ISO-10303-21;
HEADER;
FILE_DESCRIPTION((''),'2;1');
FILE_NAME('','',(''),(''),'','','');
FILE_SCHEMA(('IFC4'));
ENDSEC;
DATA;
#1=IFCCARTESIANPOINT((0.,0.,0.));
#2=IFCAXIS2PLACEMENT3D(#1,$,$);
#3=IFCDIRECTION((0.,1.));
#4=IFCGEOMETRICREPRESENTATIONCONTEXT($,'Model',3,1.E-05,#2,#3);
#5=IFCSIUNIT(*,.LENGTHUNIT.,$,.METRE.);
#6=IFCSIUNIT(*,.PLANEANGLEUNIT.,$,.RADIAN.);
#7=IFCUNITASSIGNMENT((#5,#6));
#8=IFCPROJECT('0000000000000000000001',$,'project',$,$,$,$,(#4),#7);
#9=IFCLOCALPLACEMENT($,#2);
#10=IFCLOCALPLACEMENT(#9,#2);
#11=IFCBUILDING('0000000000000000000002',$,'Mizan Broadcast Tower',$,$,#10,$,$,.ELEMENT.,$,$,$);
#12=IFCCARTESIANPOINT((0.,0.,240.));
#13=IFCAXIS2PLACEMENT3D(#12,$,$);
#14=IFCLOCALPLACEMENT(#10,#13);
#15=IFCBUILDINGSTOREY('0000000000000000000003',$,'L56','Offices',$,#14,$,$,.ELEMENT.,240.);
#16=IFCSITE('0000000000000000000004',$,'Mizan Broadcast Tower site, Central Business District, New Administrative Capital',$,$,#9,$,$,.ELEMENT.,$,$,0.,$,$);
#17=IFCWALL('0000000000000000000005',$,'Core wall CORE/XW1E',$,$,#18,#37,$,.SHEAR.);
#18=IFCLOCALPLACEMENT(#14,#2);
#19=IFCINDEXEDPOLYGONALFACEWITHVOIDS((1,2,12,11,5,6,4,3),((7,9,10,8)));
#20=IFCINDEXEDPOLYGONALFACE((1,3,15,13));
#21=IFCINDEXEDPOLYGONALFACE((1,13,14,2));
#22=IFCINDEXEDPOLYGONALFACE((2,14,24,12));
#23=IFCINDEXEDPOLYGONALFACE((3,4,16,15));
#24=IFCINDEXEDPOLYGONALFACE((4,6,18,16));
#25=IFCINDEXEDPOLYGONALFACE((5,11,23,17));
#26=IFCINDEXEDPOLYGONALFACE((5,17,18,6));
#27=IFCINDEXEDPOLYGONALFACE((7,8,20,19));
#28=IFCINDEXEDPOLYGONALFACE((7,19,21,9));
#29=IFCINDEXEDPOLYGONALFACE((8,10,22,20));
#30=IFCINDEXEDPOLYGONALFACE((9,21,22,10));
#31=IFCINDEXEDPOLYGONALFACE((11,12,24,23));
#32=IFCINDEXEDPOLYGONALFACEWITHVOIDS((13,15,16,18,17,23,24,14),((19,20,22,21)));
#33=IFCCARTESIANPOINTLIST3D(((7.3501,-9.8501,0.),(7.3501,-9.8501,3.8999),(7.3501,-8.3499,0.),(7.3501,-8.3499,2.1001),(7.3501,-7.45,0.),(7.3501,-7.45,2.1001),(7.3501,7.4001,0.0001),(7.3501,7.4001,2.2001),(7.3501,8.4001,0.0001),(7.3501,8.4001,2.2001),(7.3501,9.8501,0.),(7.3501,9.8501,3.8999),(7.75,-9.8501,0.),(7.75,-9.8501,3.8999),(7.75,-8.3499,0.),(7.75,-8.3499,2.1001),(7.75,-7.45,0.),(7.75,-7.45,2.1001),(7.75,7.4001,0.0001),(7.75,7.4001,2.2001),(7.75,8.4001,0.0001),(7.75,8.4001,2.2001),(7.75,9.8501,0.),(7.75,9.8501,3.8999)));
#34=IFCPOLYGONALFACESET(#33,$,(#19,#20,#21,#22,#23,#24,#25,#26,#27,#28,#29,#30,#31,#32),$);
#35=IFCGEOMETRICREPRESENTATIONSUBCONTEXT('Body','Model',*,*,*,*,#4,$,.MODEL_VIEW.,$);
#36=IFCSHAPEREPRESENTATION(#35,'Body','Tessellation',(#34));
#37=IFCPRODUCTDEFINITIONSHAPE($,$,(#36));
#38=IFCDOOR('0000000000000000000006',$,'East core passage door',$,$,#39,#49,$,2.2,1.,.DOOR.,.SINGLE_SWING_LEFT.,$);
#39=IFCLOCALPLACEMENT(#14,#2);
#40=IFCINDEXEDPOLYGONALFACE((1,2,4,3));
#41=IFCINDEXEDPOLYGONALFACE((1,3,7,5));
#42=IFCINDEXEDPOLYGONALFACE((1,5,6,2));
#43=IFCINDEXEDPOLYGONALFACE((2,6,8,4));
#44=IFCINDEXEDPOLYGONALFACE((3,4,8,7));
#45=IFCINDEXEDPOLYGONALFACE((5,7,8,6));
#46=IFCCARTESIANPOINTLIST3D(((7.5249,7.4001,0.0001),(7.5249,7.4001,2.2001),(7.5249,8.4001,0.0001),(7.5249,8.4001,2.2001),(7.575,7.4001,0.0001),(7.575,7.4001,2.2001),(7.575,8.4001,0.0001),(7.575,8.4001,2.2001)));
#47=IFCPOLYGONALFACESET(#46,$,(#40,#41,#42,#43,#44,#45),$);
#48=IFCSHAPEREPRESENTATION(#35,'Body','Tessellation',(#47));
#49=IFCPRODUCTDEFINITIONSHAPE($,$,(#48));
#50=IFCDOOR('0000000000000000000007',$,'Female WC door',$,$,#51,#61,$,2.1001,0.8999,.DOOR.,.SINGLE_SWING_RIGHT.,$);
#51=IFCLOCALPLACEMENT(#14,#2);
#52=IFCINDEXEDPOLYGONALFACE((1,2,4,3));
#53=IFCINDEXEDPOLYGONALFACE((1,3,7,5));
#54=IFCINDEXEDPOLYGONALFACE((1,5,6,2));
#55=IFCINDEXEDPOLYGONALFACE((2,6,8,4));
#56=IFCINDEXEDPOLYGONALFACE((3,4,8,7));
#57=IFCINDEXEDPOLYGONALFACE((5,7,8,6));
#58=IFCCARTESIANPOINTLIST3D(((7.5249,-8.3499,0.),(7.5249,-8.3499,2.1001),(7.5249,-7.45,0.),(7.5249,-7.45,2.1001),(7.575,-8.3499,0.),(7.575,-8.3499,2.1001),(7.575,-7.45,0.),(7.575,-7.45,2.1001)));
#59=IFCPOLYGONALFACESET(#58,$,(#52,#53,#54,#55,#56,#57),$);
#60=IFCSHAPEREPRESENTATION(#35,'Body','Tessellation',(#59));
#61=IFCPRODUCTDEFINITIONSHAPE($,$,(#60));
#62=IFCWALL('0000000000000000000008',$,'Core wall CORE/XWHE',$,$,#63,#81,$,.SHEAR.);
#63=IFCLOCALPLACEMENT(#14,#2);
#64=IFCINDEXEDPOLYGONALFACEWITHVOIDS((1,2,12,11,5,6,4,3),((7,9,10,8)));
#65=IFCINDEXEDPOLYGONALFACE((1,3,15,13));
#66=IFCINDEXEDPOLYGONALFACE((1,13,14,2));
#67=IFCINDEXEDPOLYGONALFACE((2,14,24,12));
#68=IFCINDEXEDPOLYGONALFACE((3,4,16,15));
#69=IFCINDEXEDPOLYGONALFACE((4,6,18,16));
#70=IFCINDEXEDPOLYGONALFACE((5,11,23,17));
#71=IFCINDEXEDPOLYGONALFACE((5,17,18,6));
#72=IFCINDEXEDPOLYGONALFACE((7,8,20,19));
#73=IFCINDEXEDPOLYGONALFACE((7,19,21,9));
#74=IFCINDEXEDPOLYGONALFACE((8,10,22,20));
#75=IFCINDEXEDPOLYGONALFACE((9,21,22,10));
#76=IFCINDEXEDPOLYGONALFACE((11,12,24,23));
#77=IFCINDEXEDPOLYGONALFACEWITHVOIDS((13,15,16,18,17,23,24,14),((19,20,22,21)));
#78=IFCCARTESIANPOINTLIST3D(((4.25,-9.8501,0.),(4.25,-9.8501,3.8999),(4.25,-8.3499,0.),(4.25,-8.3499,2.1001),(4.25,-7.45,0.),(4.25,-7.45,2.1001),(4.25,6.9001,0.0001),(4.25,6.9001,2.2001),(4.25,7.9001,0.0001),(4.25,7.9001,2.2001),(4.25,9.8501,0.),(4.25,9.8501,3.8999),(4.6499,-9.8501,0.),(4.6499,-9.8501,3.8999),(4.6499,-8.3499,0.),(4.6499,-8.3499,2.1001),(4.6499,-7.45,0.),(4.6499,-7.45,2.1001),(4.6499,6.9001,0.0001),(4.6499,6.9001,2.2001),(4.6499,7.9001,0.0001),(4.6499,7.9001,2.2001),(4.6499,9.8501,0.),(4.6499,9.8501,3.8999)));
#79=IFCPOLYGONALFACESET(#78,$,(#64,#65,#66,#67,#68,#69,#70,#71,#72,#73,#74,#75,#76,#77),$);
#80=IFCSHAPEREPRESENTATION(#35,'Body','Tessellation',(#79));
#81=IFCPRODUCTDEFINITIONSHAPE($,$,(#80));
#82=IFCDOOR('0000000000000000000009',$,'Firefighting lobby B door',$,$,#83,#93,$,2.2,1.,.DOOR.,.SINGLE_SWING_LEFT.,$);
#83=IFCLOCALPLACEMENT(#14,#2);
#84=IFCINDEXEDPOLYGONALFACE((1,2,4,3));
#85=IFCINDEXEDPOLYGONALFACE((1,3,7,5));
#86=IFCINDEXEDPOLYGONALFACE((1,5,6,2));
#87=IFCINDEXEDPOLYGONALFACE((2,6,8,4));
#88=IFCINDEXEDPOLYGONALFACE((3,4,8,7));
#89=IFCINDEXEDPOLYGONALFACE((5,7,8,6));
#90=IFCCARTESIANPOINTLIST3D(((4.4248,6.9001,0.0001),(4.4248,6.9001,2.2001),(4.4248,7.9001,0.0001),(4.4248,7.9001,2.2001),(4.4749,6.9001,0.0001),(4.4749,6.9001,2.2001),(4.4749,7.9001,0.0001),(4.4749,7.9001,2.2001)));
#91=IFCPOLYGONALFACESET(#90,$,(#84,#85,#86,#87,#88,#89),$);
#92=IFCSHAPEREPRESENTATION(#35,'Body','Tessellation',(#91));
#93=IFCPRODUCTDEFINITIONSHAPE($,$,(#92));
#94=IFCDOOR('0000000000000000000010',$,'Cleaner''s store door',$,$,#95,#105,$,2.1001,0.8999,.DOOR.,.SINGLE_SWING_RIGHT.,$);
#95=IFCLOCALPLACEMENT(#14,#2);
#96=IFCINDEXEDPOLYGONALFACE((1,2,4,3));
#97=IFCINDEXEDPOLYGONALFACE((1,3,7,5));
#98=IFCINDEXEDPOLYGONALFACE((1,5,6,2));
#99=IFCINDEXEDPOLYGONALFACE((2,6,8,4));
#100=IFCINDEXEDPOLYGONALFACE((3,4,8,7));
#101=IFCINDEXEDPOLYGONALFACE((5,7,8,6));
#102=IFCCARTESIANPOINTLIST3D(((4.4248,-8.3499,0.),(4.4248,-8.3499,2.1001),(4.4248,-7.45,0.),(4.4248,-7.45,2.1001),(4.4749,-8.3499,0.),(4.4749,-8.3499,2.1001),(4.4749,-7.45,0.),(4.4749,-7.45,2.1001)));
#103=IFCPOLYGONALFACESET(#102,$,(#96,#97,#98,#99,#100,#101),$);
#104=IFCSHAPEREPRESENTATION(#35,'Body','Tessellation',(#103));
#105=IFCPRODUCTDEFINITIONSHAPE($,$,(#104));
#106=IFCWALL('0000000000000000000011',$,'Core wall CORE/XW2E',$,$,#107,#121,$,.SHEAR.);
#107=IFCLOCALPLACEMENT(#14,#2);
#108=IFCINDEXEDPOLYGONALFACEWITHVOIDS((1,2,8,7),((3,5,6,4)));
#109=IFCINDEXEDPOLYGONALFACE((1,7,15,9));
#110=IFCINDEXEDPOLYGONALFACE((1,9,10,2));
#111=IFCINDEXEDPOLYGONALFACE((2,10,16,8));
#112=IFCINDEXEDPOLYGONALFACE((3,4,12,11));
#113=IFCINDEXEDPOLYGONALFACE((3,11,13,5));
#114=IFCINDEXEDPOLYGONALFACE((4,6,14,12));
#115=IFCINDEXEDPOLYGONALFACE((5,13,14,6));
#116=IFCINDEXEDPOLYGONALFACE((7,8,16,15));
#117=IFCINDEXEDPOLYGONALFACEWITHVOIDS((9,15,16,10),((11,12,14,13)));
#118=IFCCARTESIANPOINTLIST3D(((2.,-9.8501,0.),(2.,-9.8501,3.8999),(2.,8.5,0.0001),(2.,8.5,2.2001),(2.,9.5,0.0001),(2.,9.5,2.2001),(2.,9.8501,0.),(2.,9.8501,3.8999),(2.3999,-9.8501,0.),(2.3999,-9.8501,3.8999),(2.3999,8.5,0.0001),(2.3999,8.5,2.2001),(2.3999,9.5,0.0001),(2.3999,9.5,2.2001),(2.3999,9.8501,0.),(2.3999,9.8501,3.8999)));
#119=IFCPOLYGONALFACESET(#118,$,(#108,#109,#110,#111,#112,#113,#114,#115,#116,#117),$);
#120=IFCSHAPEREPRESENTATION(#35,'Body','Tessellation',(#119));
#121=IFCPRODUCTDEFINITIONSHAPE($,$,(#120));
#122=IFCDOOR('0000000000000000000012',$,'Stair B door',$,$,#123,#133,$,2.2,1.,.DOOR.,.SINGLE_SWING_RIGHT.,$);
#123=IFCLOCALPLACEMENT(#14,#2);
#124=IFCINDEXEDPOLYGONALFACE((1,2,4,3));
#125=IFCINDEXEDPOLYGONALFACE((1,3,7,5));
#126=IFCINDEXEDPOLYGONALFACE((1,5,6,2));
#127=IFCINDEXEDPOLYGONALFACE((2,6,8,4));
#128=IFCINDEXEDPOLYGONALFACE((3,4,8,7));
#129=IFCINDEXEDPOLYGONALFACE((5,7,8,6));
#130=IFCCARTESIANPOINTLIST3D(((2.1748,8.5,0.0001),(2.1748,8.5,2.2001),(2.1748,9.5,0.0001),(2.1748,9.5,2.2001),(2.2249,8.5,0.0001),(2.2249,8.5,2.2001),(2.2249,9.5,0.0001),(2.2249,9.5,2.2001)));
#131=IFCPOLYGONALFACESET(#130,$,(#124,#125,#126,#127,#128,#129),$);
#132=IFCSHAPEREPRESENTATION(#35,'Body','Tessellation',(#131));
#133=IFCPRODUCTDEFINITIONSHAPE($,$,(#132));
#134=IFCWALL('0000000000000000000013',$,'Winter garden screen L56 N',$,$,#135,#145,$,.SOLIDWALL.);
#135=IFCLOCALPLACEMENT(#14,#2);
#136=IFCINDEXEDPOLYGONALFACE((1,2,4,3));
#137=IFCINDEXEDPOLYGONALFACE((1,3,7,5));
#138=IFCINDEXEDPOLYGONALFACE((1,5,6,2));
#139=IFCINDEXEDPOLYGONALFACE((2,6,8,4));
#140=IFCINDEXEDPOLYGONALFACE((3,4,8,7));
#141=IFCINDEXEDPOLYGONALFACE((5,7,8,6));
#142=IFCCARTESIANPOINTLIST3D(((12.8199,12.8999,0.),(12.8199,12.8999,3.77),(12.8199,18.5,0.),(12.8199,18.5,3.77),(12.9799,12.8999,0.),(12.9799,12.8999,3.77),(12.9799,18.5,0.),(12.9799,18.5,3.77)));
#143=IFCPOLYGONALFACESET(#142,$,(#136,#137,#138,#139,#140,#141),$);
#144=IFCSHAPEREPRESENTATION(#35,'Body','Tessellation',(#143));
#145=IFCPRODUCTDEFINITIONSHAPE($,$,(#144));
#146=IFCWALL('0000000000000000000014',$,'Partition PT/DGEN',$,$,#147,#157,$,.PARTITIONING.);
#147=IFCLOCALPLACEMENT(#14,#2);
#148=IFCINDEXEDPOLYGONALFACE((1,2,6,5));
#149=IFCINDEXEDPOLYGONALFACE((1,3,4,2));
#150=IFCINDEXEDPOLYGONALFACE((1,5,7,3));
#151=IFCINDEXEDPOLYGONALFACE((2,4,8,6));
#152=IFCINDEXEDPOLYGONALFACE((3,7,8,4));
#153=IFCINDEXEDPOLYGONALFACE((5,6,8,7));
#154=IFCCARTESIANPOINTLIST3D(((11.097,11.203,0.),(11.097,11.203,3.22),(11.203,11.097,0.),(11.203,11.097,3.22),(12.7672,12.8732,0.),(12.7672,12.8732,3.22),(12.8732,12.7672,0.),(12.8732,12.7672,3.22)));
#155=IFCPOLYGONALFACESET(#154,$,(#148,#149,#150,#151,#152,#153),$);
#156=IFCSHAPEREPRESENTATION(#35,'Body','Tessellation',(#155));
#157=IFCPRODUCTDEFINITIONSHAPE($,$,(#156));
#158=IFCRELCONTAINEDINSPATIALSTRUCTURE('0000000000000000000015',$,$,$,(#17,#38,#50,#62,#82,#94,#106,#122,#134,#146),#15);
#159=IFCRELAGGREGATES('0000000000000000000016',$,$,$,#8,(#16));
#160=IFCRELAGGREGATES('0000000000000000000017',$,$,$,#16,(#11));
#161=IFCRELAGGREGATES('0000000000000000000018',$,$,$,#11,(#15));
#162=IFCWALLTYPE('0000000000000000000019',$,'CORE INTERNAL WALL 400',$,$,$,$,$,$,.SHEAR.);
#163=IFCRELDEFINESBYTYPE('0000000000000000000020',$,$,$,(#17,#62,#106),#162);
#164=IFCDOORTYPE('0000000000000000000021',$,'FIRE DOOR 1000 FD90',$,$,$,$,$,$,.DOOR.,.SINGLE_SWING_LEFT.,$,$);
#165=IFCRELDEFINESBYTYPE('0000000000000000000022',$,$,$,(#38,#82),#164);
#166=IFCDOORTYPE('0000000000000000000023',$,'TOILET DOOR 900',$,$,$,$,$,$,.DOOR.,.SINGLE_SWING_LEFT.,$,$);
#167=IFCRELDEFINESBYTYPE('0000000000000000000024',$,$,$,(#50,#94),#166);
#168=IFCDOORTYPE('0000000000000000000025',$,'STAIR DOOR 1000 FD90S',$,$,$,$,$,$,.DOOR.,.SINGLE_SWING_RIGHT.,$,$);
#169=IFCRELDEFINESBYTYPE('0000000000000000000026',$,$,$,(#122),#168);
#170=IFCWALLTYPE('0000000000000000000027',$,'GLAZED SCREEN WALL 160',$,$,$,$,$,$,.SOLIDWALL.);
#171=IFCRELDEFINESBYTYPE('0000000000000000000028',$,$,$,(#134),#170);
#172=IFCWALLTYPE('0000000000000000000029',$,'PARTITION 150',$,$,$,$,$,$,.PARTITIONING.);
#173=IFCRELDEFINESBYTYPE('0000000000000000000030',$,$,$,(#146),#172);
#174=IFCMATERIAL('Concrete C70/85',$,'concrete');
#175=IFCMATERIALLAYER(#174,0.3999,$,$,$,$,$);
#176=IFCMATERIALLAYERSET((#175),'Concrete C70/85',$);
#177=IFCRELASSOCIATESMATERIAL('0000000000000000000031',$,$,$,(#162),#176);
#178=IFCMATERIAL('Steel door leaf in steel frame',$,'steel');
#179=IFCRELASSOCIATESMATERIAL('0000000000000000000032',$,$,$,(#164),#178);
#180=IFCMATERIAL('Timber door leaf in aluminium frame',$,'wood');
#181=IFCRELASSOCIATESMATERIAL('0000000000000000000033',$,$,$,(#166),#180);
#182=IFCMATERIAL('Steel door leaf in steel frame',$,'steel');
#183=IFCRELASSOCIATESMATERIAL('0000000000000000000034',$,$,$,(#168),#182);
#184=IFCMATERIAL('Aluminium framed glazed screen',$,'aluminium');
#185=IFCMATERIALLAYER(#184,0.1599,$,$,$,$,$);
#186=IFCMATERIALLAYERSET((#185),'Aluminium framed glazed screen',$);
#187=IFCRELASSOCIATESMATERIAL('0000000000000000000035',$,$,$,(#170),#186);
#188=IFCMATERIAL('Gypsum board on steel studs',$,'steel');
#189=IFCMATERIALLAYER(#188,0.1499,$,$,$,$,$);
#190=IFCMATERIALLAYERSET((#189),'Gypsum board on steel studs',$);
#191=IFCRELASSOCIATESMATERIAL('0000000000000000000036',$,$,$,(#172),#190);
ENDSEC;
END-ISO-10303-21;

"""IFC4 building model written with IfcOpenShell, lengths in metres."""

from ifc_helpers import new_model, si_unit, direction, frame, frame_2d, origin, place, context, subcontext, project, spatial, rectangle, extrude, material, layer, layer_set, type_object, element, fill, save


model = new_model("IFC4")

# Units and contexts
model_context = context("Model", 3, precision=1e-05, world=origin(), true_north=direction((0.0, 1.0)))
body_context = subcontext(model_context, "Body", "Model", "MODEL_VIEW")
ifc_project = project(units=[si_unit("LENGTHUNIT", "METRE"), si_unit("PLANEANGLEUNIT", "RADIAN")], contexts=[model_context])

# Site, building, storey
site_placement = place(None, origin())
site = spatial("IfcSite", under=ifc_project, at=site_placement, Name="Mizan Broadcast Tower site, Central Business District, New Administrative Capital", CompositionType="ELEMENT", RefElevation=0.0)
building_placement = place(site_placement, origin())
building = spatial("IfcBuilding", under=site, at=building_placement, Name="Mizan Broadcast Tower", CompositionType="ELEMENT")
storey_placement = place(building_placement, frame((0.0, 0.0, 240.0)))
storey = spatial("IfcBuildingStorey", under=building, at=storey_placement, Name="L56", Description="Offices", CompositionType="ELEMENT", Elevation=240.0)

# Walls, openings, doors
ifc_material_1 = material(Name="Concrete C70/85", Category="concrete")
ifc_layer_1 = layer(ifc_material_1, 0.3999)
ifc_layer_set_1 = layer_set([ifc_layer_1], Name="Concrete C70/85")
wall_type_1 = type_object("IfcWallType", Name="CORE INTERNAL WALL 400", PredefinedType="SHEAR", material=ifc_layer_set_1)
wall_1_placement = place(storey_placement, frame((7.55, 9.8501, 0.0), z_axis=(0.0, 0.0, 1.0), x_axis=(0.0, -1.0, 0.0)))
wall_1 = element("IfcWall", 1, at=wall_1_placement, inside=storey, type_object=wall_type_1, Name="Core wall CORE/XW1E", PredefinedType="SHEAR", context=body_context, shape_type="SweptSolid", body=[
    extrude(rectangle(XDim=19.7002, YDim=0.3999, at=frame_2d((9.8501, 0.0))), origin(), (0.0, 0.0, 1.0), 3.8999),
])
opening_1_placement = place(wall_1_placement, frame((1.45, 0.0, 0.0)))
opening_1 = element("IfcOpeningElement", 2, at=opening_1_placement, cuts=wall_1, PredefinedType="OPENING", context=body_context, shape_type="SweptSolid", body=[
    extrude(rectangle(XDim=1.0, YDim=2.2, at=frame_2d((0.5, 1.1001))), frame((0.0, 0.21, 0.0), z_axis=(0.0, -1.0, 0.0), x_axis=(1.0, 0.0, 0.0)), (0.0, 0.0, 1.0), 0.4199),
])
opening_2_placement = place(wall_1_placement, frame((17.3, 0.0, 0.0)))
opening_2 = element("IfcOpeningElement", 3, at=opening_2_placement, cuts=wall_1, PredefinedType="OPENING", context=body_context, shape_type="SweptSolid", body=[
    extrude(rectangle(XDim=0.8999, YDim=2.1001, at=frame_2d((0.45, 1.05))), frame((0.0, 0.21, 0.0), z_axis=(0.0, -1.0, 0.0), x_axis=(1.0, 0.0, 0.0)), (0.0, 0.0, 1.0), 0.4199),
])
ifc_material_2 = material(Name="Steel door leaf in steel frame", Category="steel")
door_type_1 = type_object("IfcDoorType", Name="FIRE DOOR 1000 FD90", OperationType="SINGLE_SWING_LEFT", PredefinedType="DOOR", material=ifc_material_2)
door_1_placement = place(opening_1_placement, origin())
door_1 = element("IfcDoor", 4, at=door_1_placement, inside=storey, type_object=door_type_1, Name="East core passage door", OperationType="SINGLE_SWING_LEFT", OverallHeight=2.2, OverallWidth=1.0, PredefinedType="DOOR", context=body_context, shape_type="SweptSolid", body=[
    extrude(rectangle(XDim=1.0, YDim=2.2, at=frame_2d((0.5, 1.1001))), frame((0.0, 0.0249, 0.0), z_axis=(0.0, -1.0, 0.0), x_axis=(1.0, 0.0, 0.0)), (0.0, 0.0, 1.0), 0.05),
])
fill(opening_1, door_1)
ifc_material_3 = material(Name="Timber door leaf in aluminium frame", Category="wood")
door_type_2 = type_object("IfcDoorType", Name="TOILET DOOR 900", OperationType="SINGLE_SWING_LEFT", PredefinedType="DOOR", material=ifc_material_3)
door_2_placement = place(opening_2_placement, origin())
door_2 = element("IfcDoor", 5, at=door_2_placement, inside=storey, type_object=door_type_2, Name="Female WC door", OperationType="SINGLE_SWING_RIGHT", OverallHeight=2.1001, OverallWidth=0.8999, PredefinedType="DOOR", context=body_context, shape_type="SweptSolid", body=[
    extrude(rectangle(XDim=0.8999, YDim=2.1001, at=frame_2d((0.45, 1.05))), frame((0.0, 0.0249, 0.0), z_axis=(0.0, -1.0, 0.0), x_axis=(1.0, 0.0, 0.0)), (0.0, 0.0, 1.0), 0.05),
])
fill(opening_2, door_2)
wall_2_placement = place(storey_placement, frame((4.45, 9.8501, 0.0), z_axis=(0.0, 0.0, 1.0), x_axis=(0.0, -1.0, 0.0)))
wall_2 = element("IfcWall", 6, at=wall_2_placement, inside=storey, type_object=wall_type_1, Name="Core wall CORE/XWHE", PredefinedType="SHEAR", context=body_context, shape_type="SweptSolid", body=[
    extrude(rectangle(XDim=19.7002, YDim=0.3999, at=frame_2d((9.8501, 0.0))), origin(), (0.0, 0.0, 1.0), 3.8999),
])
opening_3_placement = place(wall_2_placement, frame((1.95, 0.0, 0.0)))
opening_3 = element("IfcOpeningElement", 7, at=opening_3_placement, cuts=wall_2, PredefinedType="OPENING", context=body_context, shape_type="SweptSolid", body=[
    extrude(rectangle(XDim=1.0, YDim=2.2, at=frame_2d((0.5, 1.1001))), frame((0.0, 0.21, 0.0), z_axis=(0.0, -1.0, 0.0), x_axis=(1.0, 0.0, 0.0)), (0.0, 0.0, 1.0), 0.4199),
])
opening_4_placement = place(wall_2_placement, frame((17.3, 0.0, 0.0)))
opening_4 = element("IfcOpeningElement", 8, at=opening_4_placement, cuts=wall_2, PredefinedType="OPENING", context=body_context, shape_type="SweptSolid", body=[
    extrude(rectangle(XDim=0.8999, YDim=2.1001, at=frame_2d((0.45, 1.05))), frame((0.0, 0.21, 0.0), z_axis=(0.0, -1.0, 0.0), x_axis=(1.0, 0.0, 0.0)), (0.0, 0.0, 1.0), 0.4199),
])
door_3_placement = place(opening_3_placement, origin())
door_3 = element("IfcDoor", 9, at=door_3_placement, inside=storey, type_object=door_type_1, Name="Firefighting lobby B door", OperationType="SINGLE_SWING_LEFT", OverallHeight=2.2, OverallWidth=1.0, PredefinedType="DOOR", context=body_context, shape_type="SweptSolid", body=[
    extrude(rectangle(XDim=1.0, YDim=2.2, at=frame_2d((0.5, 1.1001))), frame((0.0, 0.0249, 0.0), z_axis=(0.0, -1.0, 0.0), x_axis=(1.0, 0.0, 0.0)), (0.0, 0.0, 1.0), 0.05),
])
fill(opening_3, door_3)
door_4_placement = place(opening_4_placement, origin())
door_4 = element("IfcDoor", 10, at=door_4_placement, inside=storey, type_object=door_type_2, Name="Cleaner's store door", OperationType="SINGLE_SWING_RIGHT", OverallHeight=2.1001, OverallWidth=0.8999, PredefinedType="DOOR", context=body_context, shape_type="SweptSolid", body=[
    extrude(rectangle(XDim=0.8999, YDim=2.1001, at=frame_2d((0.45, 1.05))), frame((0.0, 0.0249, 0.0), z_axis=(0.0, -1.0, 0.0), x_axis=(1.0, 0.0, 0.0)), (0.0, 0.0, 1.0), 0.05),
])
fill(opening_4, door_4)

# Wall, opening, door
wall_3_placement = place(storey_placement, frame((2.2, 9.8501, 0.0), z_axis=(0.0, 0.0, 1.0), x_axis=(0.0, -1.0, 0.0)))
wall_3 = element("IfcWall", 11, at=wall_3_placement, inside=storey, type_object=wall_type_1, Name="Core wall CORE/XW2E", PredefinedType="SHEAR", context=body_context, shape_type="SweptSolid", body=[
    extrude(rectangle(XDim=19.7002, YDim=0.3999, at=frame_2d((9.8501, 0.0))), origin(), (0.0, 0.0, 1.0), 3.8999),
])
opening_5_placement = place(wall_3_placement, frame((0.3501, 0.0, 0.0)))
opening_5 = element("IfcOpeningElement", 12, at=opening_5_placement, cuts=wall_3, PredefinedType="OPENING", context=body_context, shape_type="SweptSolid", body=[
    extrude(rectangle(XDim=1.0, YDim=2.2, at=frame_2d((0.5, 1.1001))), frame((0.0, 0.21, 0.0), z_axis=(0.0, -1.0, 0.0), x_axis=(1.0, 0.0, 0.0)), (0.0, 0.0, 1.0), 0.4199),
])
ifc_material_4 = material(Name="Steel door leaf in steel frame", Category="steel")
door_type_3 = type_object("IfcDoorType", Name="STAIR DOOR 1000 FD90S", OperationType="SINGLE_SWING_RIGHT", PredefinedType="DOOR", material=ifc_material_4)
door_5_placement = place(opening_5_placement, origin())
door_5 = element("IfcDoor", 13, at=door_5_placement, inside=storey, type_object=door_type_3, Name="Stair B door", OperationType="SINGLE_SWING_RIGHT", OverallHeight=2.2, OverallWidth=1.0, PredefinedType="DOOR", context=body_context, shape_type="SweptSolid", body=[
    extrude(rectangle(XDim=1.0, YDim=2.2, at=frame_2d((0.5, 1.1001))), frame((0.0, 0.0249, 0.0), z_axis=(0.0, -1.0, 0.0), x_axis=(1.0, 0.0, 0.0)), (0.0, 0.0, 1.0), 0.05),
])
fill(opening_5, door_5)

# Walls
ifc_material_5 = material(Name="Aluminium framed glazed screen", Category="aluminium")
ifc_layer_2 = layer(ifc_material_5, 0.1599)
ifc_layer_set_2 = layer_set([ifc_layer_2], Name="Aluminium framed glazed screen")
wall_type_2 = type_object("IfcWallType", Name="GLAZED SCREEN WALL 160", PredefinedType="SOLIDWALL", material=ifc_layer_set_2)
wall_4_placement = place(storey_placement, frame((12.8999, 12.8999, 0.0), z_axis=(0.0, 0.0, 1.0), x_axis=(0.0, 1.0, 0.0)))
element("IfcWall", 14, at=wall_4_placement, inside=storey, type_object=wall_type_2, Name="Winter garden screen L56 N", PredefinedType="SOLIDWALL", context=body_context, shape_type="SweptSolid", body=[
    extrude(rectangle(XDim=5.6001, YDim=0.1599, at=frame_2d((2.8, 0.0))), origin(), (0.0, 0.0, 1.0), 3.77),
])
ifc_material_6 = material(Name="Gypsum board on steel studs", Category="steel")
ifc_layer_3 = layer(ifc_material_6, 0.1499)
ifc_layer_set_3 = layer_set([ifc_layer_3], Name="Gypsum board on steel studs")
wall_type_3 = type_object("IfcWallType", Name="PARTITION 150", PredefinedType="PARTITIONING", material=ifc_layer_set_3)
wall_5_placement = place(storey_placement, frame((11.1499, 11.1499, 0.0), z_axis=(0.0, 0.0, 1.0), x_axis=(0.707107, 0.707107, 0.0)))
element("IfcWall", 15, at=wall_5_placement, inside=storey, type_object=wall_type_3, Name="Partition PT/DGEN", PredefinedType="PARTITIONING", context=body_context, shape_type="SweptSolid", body=[
    extrude(rectangle(XDim=2.3621, YDim=0.1499, at=frame_2d((1.1812, 0.0))), origin(), (0.0, 0.0, 1.0), 3.22),
])

save(model, "model.ifc")
